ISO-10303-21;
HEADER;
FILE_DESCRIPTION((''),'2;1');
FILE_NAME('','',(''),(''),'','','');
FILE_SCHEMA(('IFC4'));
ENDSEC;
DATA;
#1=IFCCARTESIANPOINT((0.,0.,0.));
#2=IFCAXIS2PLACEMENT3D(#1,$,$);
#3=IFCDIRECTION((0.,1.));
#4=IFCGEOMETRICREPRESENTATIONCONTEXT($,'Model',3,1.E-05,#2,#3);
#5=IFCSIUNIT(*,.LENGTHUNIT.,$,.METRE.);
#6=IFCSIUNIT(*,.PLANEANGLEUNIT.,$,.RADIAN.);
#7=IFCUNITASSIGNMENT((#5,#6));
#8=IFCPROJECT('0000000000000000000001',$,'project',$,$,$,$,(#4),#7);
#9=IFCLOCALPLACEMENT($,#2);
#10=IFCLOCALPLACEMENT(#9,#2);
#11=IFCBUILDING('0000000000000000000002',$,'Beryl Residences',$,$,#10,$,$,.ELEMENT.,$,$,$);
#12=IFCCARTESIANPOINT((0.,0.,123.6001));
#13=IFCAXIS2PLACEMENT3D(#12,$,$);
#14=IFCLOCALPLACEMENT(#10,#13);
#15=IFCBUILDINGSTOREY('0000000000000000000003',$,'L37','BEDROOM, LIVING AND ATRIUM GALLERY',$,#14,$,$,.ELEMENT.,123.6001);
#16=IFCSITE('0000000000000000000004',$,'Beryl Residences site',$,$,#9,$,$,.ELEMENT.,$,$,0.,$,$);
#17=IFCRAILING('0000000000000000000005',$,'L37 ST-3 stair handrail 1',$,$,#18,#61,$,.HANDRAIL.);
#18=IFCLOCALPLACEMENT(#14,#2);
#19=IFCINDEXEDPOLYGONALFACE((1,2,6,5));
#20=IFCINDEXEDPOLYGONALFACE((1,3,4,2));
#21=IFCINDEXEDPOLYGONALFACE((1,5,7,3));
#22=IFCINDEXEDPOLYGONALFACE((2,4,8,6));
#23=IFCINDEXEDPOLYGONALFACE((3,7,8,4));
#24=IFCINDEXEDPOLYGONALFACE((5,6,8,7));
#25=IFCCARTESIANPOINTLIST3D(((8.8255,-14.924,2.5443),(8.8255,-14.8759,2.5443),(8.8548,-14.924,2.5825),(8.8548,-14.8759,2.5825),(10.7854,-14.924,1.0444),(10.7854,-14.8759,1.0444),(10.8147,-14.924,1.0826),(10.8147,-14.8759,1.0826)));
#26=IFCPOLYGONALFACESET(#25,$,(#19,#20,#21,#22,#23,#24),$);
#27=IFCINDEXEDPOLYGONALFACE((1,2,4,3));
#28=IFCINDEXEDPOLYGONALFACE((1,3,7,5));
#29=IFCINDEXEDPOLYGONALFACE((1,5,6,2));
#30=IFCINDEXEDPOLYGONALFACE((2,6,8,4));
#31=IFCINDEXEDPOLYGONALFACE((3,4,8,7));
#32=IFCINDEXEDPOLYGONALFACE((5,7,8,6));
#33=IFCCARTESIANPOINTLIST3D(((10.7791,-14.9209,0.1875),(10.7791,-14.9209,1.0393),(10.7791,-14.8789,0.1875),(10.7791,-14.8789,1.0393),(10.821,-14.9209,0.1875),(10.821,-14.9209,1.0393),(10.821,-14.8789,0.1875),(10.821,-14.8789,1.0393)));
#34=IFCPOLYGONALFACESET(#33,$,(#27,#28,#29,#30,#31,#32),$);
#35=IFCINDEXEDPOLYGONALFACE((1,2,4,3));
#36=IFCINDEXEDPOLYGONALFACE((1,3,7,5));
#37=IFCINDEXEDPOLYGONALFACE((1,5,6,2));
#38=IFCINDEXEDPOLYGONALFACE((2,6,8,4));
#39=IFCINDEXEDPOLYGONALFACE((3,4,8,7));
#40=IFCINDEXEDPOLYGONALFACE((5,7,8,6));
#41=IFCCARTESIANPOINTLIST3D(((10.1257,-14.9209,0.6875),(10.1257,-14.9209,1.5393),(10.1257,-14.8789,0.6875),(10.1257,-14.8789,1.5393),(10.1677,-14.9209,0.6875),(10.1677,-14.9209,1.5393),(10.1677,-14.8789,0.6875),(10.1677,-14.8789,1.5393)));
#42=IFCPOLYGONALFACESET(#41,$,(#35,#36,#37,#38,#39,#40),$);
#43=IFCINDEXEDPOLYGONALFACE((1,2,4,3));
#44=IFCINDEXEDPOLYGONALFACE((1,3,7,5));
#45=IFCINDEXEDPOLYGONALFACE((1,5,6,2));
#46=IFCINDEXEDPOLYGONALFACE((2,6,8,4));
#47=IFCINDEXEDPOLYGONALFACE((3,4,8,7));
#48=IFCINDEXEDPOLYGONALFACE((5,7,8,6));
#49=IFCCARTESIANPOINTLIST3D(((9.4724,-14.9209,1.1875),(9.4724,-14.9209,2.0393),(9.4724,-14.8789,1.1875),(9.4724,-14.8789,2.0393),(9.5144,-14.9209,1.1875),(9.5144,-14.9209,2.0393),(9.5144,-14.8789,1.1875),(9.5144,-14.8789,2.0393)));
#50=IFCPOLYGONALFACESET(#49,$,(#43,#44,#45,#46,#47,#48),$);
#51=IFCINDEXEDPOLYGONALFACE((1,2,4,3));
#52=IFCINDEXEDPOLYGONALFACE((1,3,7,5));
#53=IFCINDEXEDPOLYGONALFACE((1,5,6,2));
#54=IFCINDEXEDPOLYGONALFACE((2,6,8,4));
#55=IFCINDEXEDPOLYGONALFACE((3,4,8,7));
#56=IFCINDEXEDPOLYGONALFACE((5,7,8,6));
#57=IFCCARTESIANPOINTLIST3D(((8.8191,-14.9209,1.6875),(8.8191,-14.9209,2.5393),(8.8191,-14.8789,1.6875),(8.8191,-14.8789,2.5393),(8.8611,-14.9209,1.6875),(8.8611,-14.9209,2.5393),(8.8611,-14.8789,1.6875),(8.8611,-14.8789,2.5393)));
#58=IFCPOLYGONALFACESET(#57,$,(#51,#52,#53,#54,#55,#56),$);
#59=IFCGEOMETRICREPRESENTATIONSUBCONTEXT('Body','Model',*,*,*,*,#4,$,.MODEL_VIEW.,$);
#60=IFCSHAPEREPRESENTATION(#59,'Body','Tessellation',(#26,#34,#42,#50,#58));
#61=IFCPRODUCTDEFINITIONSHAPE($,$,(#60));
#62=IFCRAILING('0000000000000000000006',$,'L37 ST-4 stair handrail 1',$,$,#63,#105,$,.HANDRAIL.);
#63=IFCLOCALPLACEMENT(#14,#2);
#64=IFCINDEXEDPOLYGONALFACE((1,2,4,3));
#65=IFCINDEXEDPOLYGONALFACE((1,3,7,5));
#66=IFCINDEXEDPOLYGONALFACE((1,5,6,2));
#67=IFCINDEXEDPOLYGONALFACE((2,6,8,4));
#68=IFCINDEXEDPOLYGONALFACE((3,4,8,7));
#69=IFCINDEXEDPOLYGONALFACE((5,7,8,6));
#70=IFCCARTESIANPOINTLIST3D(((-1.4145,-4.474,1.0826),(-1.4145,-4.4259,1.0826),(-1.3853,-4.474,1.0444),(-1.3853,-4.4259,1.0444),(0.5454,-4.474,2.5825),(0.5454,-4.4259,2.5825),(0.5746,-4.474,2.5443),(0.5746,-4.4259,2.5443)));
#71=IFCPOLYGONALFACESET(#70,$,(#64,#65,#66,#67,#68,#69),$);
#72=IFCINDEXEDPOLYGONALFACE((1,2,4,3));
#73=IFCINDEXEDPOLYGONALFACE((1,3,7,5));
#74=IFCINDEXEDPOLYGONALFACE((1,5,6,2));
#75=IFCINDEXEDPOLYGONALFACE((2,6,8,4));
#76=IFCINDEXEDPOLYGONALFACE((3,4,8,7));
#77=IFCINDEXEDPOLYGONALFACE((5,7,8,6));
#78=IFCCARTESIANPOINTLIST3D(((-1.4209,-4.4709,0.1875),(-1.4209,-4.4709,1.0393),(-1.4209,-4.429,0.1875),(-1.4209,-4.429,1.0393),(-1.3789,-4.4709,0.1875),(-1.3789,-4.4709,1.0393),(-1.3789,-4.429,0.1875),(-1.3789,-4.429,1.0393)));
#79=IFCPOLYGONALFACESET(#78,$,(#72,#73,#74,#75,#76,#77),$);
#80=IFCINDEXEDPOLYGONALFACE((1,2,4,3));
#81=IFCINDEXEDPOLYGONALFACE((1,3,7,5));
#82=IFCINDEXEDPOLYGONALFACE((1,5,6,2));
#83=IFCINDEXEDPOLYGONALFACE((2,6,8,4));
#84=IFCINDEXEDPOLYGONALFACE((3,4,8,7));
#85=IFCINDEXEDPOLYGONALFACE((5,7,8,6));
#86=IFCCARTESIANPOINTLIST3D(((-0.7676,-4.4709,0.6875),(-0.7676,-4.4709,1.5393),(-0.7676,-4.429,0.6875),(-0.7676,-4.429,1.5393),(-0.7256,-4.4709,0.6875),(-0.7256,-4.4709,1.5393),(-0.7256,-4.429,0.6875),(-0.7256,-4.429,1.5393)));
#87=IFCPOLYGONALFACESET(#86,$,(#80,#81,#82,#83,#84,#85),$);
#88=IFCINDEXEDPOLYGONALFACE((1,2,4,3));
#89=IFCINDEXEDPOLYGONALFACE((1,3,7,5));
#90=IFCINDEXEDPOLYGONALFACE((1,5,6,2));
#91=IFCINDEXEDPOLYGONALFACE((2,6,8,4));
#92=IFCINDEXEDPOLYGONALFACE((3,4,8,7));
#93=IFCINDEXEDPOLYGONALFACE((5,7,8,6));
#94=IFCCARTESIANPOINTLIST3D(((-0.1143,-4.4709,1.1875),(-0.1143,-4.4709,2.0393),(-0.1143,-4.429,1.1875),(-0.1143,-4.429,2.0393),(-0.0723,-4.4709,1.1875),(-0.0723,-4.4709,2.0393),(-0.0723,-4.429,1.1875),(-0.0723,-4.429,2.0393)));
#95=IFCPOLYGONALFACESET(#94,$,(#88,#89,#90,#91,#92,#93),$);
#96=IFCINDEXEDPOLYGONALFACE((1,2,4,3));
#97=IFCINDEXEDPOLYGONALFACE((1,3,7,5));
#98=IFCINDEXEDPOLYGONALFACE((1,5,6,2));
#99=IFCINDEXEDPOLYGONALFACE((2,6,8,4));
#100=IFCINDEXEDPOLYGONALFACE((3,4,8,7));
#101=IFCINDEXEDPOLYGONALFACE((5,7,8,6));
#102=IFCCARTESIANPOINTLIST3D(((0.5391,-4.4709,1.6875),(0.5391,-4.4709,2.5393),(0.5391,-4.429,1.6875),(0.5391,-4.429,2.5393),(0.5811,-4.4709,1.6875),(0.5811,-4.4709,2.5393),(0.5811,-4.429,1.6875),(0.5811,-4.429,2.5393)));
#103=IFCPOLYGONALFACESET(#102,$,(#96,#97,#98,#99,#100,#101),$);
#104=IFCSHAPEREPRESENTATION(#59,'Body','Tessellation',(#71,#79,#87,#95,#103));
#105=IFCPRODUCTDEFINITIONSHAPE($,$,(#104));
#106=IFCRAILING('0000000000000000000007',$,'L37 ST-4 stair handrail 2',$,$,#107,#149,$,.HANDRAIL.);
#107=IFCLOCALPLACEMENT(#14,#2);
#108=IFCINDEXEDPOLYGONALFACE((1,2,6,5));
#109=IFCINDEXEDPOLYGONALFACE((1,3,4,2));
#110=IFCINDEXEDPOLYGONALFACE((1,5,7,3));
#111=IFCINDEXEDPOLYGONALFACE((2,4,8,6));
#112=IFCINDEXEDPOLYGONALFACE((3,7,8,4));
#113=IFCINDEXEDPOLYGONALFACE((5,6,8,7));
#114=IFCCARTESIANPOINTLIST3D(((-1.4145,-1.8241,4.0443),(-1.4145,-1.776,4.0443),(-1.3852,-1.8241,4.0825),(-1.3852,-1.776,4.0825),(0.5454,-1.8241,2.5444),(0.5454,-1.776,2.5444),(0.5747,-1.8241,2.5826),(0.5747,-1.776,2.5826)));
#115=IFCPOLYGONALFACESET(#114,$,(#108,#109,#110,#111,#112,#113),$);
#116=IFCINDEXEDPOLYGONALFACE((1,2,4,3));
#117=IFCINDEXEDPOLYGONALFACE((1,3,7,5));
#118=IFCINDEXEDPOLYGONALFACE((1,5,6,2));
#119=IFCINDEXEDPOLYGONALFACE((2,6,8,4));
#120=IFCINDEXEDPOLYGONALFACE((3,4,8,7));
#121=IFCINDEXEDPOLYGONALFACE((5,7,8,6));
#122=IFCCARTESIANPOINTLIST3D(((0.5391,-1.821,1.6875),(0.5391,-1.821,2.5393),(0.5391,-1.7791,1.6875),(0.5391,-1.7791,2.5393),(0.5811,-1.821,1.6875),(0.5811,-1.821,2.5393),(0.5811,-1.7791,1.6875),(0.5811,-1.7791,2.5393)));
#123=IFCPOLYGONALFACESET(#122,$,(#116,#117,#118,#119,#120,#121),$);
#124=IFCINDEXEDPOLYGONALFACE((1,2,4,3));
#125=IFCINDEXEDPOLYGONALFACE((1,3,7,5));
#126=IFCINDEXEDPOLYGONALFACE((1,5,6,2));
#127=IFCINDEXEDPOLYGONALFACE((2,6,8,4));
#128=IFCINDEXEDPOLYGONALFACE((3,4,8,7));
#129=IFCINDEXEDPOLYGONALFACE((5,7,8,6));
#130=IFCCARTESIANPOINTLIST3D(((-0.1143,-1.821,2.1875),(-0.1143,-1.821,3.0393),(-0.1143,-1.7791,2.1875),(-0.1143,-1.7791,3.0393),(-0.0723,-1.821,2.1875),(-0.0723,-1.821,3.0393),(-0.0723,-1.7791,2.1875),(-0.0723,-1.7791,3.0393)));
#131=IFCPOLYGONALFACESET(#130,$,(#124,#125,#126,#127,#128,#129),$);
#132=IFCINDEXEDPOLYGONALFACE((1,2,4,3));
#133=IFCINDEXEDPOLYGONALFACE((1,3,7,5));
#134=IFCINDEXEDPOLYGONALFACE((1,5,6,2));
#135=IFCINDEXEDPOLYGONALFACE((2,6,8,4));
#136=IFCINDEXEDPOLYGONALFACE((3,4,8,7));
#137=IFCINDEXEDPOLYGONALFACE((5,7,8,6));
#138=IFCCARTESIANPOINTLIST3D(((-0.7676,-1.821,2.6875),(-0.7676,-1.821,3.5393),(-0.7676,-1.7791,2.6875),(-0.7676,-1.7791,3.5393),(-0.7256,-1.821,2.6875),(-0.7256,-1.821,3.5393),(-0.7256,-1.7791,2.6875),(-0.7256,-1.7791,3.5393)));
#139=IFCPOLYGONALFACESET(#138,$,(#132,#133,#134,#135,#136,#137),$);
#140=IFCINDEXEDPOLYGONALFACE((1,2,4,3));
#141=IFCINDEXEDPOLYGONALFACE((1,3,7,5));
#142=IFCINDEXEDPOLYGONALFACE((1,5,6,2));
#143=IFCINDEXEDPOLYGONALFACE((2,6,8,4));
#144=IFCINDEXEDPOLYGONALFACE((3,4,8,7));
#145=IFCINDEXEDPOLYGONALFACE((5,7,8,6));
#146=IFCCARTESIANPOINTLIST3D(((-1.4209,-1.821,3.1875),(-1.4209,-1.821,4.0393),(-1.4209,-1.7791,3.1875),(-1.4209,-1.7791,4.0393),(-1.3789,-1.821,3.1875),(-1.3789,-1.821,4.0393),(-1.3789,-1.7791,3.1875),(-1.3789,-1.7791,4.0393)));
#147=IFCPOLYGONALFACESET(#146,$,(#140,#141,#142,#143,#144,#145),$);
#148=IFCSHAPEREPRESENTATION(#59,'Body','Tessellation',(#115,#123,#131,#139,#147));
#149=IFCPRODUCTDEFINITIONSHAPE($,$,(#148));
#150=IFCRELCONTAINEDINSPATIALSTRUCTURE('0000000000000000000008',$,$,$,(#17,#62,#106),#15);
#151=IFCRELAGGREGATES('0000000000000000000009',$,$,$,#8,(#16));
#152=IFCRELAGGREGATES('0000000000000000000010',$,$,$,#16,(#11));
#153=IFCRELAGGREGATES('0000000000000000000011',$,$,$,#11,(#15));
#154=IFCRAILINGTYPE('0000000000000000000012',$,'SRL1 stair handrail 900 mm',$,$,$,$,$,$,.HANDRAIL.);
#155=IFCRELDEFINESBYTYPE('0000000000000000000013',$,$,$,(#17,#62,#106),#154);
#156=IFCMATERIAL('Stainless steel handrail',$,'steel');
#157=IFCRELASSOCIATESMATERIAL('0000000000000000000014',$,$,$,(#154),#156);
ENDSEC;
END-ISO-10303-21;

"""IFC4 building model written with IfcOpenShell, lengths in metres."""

from ifc_helpers import new_model, si_unit, direction, frame, origin, origin_2d, place, context, subcontext, project, spatial, rectangle, extrude, material, type_object, element, save


model = new_model("IFC4")

# Units and contexts
model_context = context("Model", 3, precision=1e-05, world=origin(), true_north=direction((0.0, 1.0)))
body_context = subcontext(model_context, "Body", "Model", "MODEL_VIEW")
ifc_project = project(units=[si_unit("LENGTHUNIT", "METRE"), si_unit("PLANEANGLEUNIT", "RADIAN")], contexts=[model_context])

# Site, building, storey
site_placement = place(None, origin())
site = spatial("IfcSite", under=ifc_project, at=site_placement, Name="Beryl Residences site", CompositionType="ELEMENT", RefElevation=0.0)
building_placement = place(site_placement, origin())
building = spatial("IfcBuilding", under=site, at=building_placement, Name="Beryl Residences", CompositionType="ELEMENT")
storey_placement = place(building_placement, frame((0.0, 0.0, 123.6001)))
storey = spatial("IfcBuildingStorey", under=building, at=storey_placement, Name="L37", Description="BEDROOM, LIVING AND ATRIUM GALLERY", CompositionType="ELEMENT", Elevation=123.6001)

# Railings
ifc_material_1 = material(Name="Stainless steel handrail", Category="steel")
railing_type_1 = type_object("IfcRailingType", Name="SRL1 stair handrail 900 mm", PredefinedType="HANDRAIL", material=ifc_material_1)
railing_1_placement = place(storey_placement, frame((10.8, -14.8999, 0.1875)))
element("IfcRailing", 1, at=railing_1_placement, inside=storey, type_object=railing_type_1, Name="L37 ST-3 stair handrail 1", PredefinedType="HANDRAIL", context=body_context, shape_type="SweptSolid", body=[
    extrude(rectangle(XDim=0.0481, YDim=0.0481, at=origin_2d()), frame((0.0, 0.0, 0.876), z_axis=(-0.794122, 0.0, 0.607758), x_axis=(0.0, -1.0, 0.0)), (0.0, 0.0, 1.0), 2.468),
    extrude(rectangle(XDim=0.042, YDim=0.042, at=origin_2d()), origin(), (0.0, 0.0, 1.0), 0.8518),
    extrude(rectangle(XDim=0.042, YDim=0.042, at=origin_2d()), frame((-0.6533, 0.0, 0.5)), (0.0, 0.0, 1.0), 0.8518),
    extrude(rectangle(XDim=0.042, YDim=0.042, at=origin_2d()), frame((-1.3066, 0.0, 1.0)), (0.0, 0.0, 1.0), 0.8518),
    extrude(rectangle(XDim=0.042, YDim=0.042, at=origin_2d()), frame((-1.96, 0.0, 1.5)), (0.0, 0.0, 1.0), 0.8518),
])
railing_2_placement = place(storey_placement, frame((-1.3999, -4.45, 0.1875)))
element("IfcRailing", 2, at=railing_2_placement, inside=storey, type_object=railing_type_1, Name="L37 ST-4 stair handrail 1", PredefinedType="HANDRAIL", context=body_context, shape_type="SweptSolid", body=[
    extrude(rectangle(XDim=0.0481, YDim=0.0481, at=origin_2d()), frame((0.0, 0.0, 0.876), z_axis=(0.794122, 0.0, 0.607758), x_axis=(0.0, 1.0, 0.0)), (0.0, 0.0, 1.0), 2.468),
    extrude(rectangle(XDim=0.042, YDim=0.042, at=origin_2d()), origin(), (0.0, 0.0, 1.0), 0.8518),
    extrude(rectangle(XDim=0.042, YDim=0.042, at=origin_2d()), frame((0.6533, 0.0, 0.5)), (0.0, 0.0, 1.0), 0.8518),
    extrude(rectangle(XDim=0.042, YDim=0.042, at=origin_2d()), frame((1.3066, 0.0, 1.0)), (0.0, 0.0, 1.0), 0.8518),
    extrude(rectangle(XDim=0.042, YDim=0.042, at=origin_2d()), frame((1.96, 0.0, 1.5)), (0.0, 0.0, 1.0), 0.8518),
])
railing_3_placement = place(storey_placement, frame((0.5601, -1.8, 1.6875)))
element("IfcRailing", 3, at=railing_3_placement, inside=storey, type_object=railing_type_1, Name="L37 ST-4 stair handrail 2", PredefinedType="HANDRAIL", context=body_context, shape_type="SweptSolid", body=[
    extrude(rectangle(XDim=0.0481, YDim=0.0481, at=origin_2d()), frame((0.0, 0.0, 0.876), z_axis=(-0.794122, 0.0, 0.607758), x_axis=(0.0, -1.0, 0.0)), (0.0, 0.0, 1.0), 2.468),
    extrude(rectangle(XDim=0.042, YDim=0.042, at=origin_2d()), origin(), (0.0, 0.0, 1.0), 0.8518),
    extrude(rectangle(XDim=0.042, YDim=0.042, at=origin_2d()), frame((-0.6533, 0.0, 0.5)), (0.0, 0.0, 1.0), 0.8518),
    extrude(rectangle(XDim=0.042, YDim=0.042, at=origin_2d()), frame((-1.3066, 0.0, 1.0)), (0.0, 0.0, 1.0), 0.8518),
    extrude(rectangle(XDim=0.042, YDim=0.042, at=origin_2d()), frame((-1.96, 0.0, 1.5)), (0.0, 0.0, 1.0), 0.8518),
])

save(model, "model.ifc")
